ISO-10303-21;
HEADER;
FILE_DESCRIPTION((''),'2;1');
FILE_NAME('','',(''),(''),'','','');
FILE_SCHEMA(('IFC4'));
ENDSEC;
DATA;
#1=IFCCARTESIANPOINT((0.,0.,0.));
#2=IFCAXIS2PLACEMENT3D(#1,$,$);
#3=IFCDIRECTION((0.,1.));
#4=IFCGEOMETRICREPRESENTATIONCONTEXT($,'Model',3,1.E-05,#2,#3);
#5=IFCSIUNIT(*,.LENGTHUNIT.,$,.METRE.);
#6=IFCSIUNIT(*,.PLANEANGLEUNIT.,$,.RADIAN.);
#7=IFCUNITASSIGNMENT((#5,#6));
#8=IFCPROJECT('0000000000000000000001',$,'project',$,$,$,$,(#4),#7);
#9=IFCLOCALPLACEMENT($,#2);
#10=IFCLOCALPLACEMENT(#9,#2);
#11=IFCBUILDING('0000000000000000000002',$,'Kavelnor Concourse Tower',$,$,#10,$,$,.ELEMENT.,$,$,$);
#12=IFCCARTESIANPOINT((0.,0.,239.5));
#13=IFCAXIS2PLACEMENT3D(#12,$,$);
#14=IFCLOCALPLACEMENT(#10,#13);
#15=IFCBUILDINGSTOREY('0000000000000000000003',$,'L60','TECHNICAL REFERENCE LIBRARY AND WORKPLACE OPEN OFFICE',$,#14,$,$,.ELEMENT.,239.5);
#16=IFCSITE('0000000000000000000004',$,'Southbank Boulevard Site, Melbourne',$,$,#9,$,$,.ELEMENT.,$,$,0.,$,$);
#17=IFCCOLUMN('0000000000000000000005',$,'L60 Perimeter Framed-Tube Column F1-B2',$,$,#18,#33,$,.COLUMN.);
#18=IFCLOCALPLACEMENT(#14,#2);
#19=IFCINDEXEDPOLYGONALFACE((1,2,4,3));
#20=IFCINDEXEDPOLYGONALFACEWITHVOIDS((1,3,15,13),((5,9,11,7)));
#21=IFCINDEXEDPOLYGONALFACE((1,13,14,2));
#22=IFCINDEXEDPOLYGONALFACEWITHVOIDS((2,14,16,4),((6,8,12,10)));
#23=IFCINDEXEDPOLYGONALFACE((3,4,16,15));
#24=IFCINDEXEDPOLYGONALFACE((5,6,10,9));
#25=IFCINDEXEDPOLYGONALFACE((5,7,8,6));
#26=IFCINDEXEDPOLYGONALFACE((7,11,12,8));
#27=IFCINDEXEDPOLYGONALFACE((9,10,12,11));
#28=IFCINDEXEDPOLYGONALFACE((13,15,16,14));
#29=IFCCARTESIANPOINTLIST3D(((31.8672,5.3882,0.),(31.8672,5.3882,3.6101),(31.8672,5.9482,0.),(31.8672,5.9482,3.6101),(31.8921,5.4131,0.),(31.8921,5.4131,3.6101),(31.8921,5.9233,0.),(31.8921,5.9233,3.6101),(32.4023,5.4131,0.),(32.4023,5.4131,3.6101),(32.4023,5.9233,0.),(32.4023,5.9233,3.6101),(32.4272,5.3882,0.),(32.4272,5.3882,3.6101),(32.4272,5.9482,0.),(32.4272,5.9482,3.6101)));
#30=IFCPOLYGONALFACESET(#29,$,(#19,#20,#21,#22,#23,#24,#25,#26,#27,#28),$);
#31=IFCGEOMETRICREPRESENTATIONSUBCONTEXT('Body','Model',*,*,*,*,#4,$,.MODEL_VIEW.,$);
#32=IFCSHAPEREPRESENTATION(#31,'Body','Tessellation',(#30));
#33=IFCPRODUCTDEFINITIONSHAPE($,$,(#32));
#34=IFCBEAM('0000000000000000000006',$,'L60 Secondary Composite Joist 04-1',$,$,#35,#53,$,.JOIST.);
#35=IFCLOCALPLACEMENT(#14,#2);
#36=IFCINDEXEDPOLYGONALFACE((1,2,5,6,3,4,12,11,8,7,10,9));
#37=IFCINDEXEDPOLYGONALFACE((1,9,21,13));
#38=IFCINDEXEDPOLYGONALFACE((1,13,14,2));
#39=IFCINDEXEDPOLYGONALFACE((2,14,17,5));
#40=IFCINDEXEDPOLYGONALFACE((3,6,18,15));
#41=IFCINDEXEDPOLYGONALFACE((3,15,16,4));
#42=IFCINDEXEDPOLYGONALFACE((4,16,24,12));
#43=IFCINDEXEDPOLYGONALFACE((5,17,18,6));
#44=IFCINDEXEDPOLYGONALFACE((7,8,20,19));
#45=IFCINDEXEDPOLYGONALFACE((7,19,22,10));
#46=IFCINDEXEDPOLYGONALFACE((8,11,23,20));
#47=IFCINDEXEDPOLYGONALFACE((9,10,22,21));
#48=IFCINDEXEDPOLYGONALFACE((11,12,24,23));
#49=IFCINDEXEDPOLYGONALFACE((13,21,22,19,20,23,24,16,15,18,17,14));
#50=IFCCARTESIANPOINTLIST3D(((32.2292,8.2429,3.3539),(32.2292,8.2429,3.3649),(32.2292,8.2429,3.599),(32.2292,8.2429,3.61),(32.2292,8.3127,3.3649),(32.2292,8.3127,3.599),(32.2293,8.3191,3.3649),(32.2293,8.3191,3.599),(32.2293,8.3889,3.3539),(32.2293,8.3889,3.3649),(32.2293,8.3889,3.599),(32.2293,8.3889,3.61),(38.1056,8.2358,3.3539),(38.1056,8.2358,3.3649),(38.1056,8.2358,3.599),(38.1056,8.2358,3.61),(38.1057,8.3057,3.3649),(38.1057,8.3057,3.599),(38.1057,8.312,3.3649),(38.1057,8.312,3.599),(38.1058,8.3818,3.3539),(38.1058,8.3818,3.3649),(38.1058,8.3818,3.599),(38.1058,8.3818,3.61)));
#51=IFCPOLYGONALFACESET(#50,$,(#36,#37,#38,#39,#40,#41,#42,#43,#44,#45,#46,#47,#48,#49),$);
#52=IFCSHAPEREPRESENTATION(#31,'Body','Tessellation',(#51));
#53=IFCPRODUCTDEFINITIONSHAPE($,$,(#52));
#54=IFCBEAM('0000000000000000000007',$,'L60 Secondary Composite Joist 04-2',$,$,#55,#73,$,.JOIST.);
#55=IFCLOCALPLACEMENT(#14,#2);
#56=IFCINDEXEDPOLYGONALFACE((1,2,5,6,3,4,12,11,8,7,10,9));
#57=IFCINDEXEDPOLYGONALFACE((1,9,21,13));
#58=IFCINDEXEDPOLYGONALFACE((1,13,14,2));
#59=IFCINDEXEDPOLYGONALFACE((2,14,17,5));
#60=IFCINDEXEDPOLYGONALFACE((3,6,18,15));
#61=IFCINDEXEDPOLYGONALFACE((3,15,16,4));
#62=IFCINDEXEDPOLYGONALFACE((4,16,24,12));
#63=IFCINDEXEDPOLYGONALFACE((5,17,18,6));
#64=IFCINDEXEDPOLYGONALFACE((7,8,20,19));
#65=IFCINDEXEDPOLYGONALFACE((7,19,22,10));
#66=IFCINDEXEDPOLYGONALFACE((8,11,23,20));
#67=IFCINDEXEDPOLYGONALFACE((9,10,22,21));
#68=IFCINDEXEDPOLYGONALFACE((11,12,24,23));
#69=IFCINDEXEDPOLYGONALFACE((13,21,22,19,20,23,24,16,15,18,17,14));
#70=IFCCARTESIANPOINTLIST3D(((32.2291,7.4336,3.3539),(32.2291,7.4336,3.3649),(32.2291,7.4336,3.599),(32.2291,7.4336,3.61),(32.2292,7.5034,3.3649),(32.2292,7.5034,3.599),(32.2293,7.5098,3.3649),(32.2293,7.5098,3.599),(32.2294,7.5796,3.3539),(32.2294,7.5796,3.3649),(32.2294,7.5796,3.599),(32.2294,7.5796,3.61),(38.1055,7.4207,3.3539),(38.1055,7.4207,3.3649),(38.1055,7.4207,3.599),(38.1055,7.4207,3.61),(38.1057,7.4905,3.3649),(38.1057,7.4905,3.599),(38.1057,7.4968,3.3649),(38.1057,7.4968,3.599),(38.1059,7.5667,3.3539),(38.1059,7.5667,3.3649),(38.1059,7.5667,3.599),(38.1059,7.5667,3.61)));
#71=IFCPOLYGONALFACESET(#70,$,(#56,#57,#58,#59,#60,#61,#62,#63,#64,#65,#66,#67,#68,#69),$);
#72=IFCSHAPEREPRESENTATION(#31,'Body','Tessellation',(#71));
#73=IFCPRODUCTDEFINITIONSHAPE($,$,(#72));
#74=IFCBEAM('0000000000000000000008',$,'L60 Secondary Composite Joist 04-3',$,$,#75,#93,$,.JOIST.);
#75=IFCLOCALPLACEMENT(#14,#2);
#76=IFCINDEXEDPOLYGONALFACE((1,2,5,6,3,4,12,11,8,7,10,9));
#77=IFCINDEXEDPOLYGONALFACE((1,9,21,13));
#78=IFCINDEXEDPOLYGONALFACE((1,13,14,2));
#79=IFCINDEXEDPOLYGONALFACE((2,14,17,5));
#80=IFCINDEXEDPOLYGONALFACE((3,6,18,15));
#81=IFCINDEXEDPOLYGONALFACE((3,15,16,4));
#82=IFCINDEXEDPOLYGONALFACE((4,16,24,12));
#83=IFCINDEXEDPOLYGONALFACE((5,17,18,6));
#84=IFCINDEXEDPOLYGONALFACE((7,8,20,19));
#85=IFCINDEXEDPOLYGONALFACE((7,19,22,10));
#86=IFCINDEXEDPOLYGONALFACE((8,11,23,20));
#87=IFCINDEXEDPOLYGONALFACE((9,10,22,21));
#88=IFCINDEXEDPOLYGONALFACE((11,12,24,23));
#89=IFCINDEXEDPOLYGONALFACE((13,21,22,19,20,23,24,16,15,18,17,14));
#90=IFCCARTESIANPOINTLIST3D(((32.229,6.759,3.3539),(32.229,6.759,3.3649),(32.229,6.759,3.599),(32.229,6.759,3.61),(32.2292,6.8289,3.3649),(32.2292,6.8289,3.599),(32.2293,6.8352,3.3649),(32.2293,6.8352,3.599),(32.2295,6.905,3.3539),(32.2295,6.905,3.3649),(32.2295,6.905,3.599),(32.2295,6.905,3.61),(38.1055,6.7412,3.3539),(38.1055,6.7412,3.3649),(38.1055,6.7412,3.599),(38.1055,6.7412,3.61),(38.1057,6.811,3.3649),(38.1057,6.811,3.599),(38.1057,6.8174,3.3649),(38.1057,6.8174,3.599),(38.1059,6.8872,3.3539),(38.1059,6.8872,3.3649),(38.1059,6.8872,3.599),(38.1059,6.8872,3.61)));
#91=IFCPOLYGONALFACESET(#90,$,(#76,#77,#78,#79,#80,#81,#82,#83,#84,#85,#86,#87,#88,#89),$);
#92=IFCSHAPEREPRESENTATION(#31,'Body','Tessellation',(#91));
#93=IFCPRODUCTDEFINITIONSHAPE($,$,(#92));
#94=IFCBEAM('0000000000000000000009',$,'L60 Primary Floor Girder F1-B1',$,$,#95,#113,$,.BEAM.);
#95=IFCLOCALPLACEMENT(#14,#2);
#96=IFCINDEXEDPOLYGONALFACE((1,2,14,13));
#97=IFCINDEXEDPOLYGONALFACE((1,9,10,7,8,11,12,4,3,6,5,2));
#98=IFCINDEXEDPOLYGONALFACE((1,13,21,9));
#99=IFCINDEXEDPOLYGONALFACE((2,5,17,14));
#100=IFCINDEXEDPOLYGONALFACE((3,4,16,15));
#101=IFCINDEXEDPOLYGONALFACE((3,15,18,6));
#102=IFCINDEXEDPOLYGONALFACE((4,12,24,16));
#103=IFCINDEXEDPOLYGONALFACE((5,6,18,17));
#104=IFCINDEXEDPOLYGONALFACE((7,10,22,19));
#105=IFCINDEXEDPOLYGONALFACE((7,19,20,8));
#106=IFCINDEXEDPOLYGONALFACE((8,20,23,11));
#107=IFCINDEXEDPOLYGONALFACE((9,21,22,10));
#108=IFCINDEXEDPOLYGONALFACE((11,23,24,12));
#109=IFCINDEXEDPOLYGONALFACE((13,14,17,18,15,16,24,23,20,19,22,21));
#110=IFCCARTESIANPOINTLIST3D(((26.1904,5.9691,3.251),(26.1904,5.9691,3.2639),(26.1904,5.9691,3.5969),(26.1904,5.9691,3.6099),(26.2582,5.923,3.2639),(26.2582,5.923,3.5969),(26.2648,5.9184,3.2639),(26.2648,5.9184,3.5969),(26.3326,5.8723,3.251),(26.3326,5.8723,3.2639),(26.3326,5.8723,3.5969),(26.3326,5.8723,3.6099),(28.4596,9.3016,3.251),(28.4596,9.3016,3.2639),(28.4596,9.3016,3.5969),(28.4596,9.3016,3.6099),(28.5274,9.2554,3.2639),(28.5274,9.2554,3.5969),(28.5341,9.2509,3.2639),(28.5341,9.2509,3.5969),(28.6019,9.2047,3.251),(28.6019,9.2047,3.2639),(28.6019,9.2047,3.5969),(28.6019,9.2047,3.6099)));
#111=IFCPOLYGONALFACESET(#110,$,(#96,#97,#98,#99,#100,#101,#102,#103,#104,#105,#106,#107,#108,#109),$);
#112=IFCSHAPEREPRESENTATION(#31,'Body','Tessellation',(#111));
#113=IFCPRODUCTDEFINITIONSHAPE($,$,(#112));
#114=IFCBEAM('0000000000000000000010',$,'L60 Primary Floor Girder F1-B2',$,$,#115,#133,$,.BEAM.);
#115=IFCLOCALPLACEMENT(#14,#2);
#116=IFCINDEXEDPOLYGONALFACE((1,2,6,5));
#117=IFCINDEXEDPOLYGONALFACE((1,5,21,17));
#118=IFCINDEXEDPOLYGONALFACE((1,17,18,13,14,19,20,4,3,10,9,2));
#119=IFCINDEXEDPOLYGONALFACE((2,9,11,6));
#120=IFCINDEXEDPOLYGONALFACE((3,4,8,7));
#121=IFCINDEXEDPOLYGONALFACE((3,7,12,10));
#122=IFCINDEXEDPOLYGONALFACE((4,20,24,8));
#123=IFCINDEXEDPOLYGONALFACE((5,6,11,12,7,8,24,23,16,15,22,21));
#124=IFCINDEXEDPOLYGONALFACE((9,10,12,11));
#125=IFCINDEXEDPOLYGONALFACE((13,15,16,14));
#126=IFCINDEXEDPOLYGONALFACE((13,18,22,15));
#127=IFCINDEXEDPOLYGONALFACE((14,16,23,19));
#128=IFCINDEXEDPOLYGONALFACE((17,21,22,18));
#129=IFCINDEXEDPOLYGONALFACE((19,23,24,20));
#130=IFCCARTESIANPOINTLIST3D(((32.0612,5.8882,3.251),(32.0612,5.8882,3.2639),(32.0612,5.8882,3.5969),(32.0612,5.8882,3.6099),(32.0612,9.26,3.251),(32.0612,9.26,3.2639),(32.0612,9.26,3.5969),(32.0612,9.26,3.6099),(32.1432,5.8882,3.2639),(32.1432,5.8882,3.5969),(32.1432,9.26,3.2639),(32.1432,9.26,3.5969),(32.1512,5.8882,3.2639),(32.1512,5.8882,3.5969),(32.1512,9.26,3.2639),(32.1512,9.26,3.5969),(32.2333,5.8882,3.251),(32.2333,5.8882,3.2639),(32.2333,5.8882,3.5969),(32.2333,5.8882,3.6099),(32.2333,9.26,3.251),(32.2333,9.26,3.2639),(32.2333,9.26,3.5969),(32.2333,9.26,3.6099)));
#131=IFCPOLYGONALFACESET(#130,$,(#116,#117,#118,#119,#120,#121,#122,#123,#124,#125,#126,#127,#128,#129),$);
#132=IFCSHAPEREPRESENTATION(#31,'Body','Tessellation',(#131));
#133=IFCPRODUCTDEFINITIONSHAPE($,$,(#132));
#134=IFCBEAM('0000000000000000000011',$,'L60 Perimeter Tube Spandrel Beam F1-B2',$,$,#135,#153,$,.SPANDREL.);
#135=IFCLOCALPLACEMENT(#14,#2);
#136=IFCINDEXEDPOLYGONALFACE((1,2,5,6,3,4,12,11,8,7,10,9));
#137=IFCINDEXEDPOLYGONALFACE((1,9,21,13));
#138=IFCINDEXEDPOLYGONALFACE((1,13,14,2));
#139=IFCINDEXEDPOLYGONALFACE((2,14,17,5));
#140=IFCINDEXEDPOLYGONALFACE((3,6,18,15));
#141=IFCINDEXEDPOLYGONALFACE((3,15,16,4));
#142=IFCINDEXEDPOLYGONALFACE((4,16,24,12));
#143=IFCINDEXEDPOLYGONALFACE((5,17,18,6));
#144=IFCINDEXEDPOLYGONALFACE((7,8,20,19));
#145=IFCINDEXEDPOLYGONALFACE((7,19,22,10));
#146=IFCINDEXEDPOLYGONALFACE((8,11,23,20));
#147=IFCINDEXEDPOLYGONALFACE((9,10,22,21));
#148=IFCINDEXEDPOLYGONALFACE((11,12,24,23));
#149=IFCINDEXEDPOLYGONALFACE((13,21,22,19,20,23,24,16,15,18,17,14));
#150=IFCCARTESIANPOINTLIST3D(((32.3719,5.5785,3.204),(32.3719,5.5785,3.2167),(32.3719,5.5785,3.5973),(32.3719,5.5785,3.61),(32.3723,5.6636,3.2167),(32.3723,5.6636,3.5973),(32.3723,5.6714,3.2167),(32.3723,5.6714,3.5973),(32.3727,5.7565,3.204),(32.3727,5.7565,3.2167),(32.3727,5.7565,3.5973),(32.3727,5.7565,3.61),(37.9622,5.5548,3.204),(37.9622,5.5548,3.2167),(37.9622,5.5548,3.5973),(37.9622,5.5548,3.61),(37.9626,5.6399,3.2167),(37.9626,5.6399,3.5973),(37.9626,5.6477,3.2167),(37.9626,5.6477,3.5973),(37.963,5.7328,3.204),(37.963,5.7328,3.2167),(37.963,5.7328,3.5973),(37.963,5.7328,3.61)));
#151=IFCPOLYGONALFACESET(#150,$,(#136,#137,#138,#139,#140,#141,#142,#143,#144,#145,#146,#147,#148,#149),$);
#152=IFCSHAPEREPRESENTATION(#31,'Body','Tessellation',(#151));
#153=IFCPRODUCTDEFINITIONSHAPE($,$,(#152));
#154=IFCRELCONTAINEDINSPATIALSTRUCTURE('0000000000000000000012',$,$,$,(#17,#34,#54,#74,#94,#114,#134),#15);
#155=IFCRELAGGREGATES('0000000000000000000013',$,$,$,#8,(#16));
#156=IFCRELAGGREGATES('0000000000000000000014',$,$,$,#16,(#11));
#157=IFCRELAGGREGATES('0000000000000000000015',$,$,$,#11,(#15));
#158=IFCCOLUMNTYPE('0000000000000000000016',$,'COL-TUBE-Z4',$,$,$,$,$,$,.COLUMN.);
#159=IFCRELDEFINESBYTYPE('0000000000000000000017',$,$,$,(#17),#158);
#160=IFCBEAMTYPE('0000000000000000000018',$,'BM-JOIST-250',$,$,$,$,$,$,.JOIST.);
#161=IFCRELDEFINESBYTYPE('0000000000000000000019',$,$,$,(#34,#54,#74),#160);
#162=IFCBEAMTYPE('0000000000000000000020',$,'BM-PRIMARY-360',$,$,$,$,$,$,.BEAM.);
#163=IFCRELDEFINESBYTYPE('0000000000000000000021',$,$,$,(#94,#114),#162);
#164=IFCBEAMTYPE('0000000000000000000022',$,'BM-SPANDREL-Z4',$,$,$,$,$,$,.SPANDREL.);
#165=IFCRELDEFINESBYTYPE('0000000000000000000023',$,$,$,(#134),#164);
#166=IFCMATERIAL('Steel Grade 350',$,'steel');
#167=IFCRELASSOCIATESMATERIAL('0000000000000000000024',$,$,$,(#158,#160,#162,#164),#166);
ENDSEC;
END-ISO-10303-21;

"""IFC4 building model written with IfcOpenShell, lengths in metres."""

from ifc_helpers import new_model, si_unit, direction, frame, origin, origin_2d, place, context, subcontext, project, spatial, hollow_rectangle, i_section, extrude, material, material_profile, profile_set, type_object, element, save


model = new_model("IFC4")

# Units and contexts
model_context = context("Model", 3, precision=1e-05, world=origin(), true_north=direction((0.0, 1.0)))
body_context = subcontext(model_context, "Body", "Model", "MODEL_VIEW")
ifc_project = project(units=[si_unit("LENGTHUNIT", "METRE"), si_unit("PLANEANGLEUNIT", "RADIAN")], contexts=[model_context])

# Site, building, storey
site_placement = place(None, origin())
site = spatial("IfcSite", under=ifc_project, at=site_placement, Name="Southbank Boulevard Site, Melbourne", CompositionType="ELEMENT", RefElevation=0.0)
building_placement = place(site_placement, origin())
building = spatial("IfcBuilding", under=site, at=building_placement, Name="Kavelnor Concourse Tower", CompositionType="ELEMENT")
storey_placement = place(building_placement, frame((0.0, 0.0, 239.5)))
storey = spatial("IfcBuildingStorey", under=building, at=storey_placement, Name="L60", Description="TECHNICAL REFERENCE LIBRARY AND WORKPLACE OPEN OFFICE", CompositionType="ELEMENT", Elevation=239.5)

# Column
ifc_material_1 = material(Name="Steel Grade 350", Category="steel")
ifc_material_profile_1 = material_profile(ifc_material_1, hollow_rectangle(XDim=0.5601, YDim=0.5601, WallThickness=0.0249, at=origin_2d()), Name="SHS 560x560x25")
ifc_profile_set_1 = profile_set([ifc_material_profile_1], Name="Steel Grade 350")
column_type = type_object("IfcColumnType", Name="COL-TUBE-Z4", PredefinedType="COLUMN", material=ifc_profile_set_1)
column_placement = place(storey_placement, frame((32.1472, 5.6682, 0.0), z_axis=(0.0, 0.0, 1.0), x_axis=(1.0, 0.0, 0.0)))
element("IfcColumn", 1, at=column_placement, inside=storey, type_object=column_type, Name="L60 Perimeter Framed-Tube Column F1-B2", PredefinedType="COLUMN", context=body_context, shape_type="SweptSolid", body=[
    extrude(hollow_rectangle(XDim=0.5601, YDim=0.5601, WallThickness=0.0249, at=origin_2d()), origin(), (0.0, 0.0, 1.0), 3.6101),
])

# Beams
ifc_material_profile_2 = material_profile(ifc_material_1, i_section(OverallWidth=0.146, OverallDepth=0.2561, WebThickness=0.0063, FlangeThickness=0.011, at=origin_2d()), Name="250UB37")
ifc_profile_set_2 = profile_set([ifc_material_profile_2], Name="Steel Grade 350")
beam_type_1 = type_object("IfcBeamType", Name="BM-JOIST-250", PredefinedType="JOIST", material=ifc_profile_set_2)
for number, where, z_axis, x_axis, name in (
    (2, (32.2292, 8.3159, 3.4819), (0.999999, -0.001205, 0.0), (0.001205, 0.999999, 0.0), "L60 Secondary Composite Joist 04-1"),
    (3, (32.2292, 7.5066, 3.4819), (0.999998, -0.002202, 0.0), (0.002202, 0.999998, 0.0), "L60 Secondary Composite Joist 04-2"),
    (4, (32.2292, 6.832, 3.4819), (0.999995, -0.003033, 0.0), (0.003033, 0.999995, 0.0), "L60 Secondary Composite Joist 04-3"),
):
    element("IfcBeam", number, at=place(storey_placement, frame(where, z_axis=z_axis, x_axis=x_axis)), inside=storey, type_object=beam_type_1, Name=name, PredefinedType="JOIST", context=body_context, shape_type="SweptSolid", body=[
        extrude(i_section(OverallWidth=0.146, OverallDepth=0.2561, WebThickness=0.0063, FlangeThickness=0.011, at=origin_2d()), origin(), (0.0, 0.0, 1.0), 5.8765),
    ])
ifc_material_profile_3 = material_profile(ifc_material_1, i_section(OverallWidth=0.1721, OverallDepth=0.3589, WebThickness=0.0081, FlangeThickness=0.0129, at=origin_2d()), Name="360UB56")
ifc_profile_set_3 = profile_set([ifc_material_profile_3], Name="Steel Grade 350")
beam_type_2 = type_object("IfcBeamType", Name="BM-PRIMARY-360", PredefinedType="BEAM", material=ifc_profile_set_3)
beam_1_placement = place(storey_placement, frame((28.5308, 9.2532, 3.4304), z_axis=(-0.562848, -0.82656, 0.0), x_axis=(0.82656, -0.562848, 0.0)))
element("IfcBeam", 5, at=beam_1_placement, inside=storey, type_object=beam_type_2, Name="L60 Primary Floor Girder F1-B1", PredefinedType="BEAM", context=body_context, shape_type="SweptSolid", body=[
    extrude(i_section(OverallWidth=0.1721, OverallDepth=0.3589, WebThickness=0.0081, FlangeThickness=0.0129, at=origin_2d()), origin(), (0.0, 0.0, 1.0), 4.0317),
])
beam_2_placement = place(storey_placement, frame((32.1472, 9.26, 3.4304), z_axis=(0.0, -1.0, 0.0), x_axis=(1.0, 0.0, 0.0)))
element("IfcBeam", 6, at=beam_2_placement, inside=storey, type_object=beam_type_2, Name="L60 Primary Floor Girder F1-B2", PredefinedType="BEAM", context=body_context, shape_type="SweptSolid", body=[
    extrude(i_section(OverallWidth=0.1721, OverallDepth=0.3589, WebThickness=0.0081, FlangeThickness=0.0129, at=origin_2d()), origin(), (0.0, 0.0, 1.0), 3.3718),
])
ifc_material_profile_4 = material_profile(ifc_material_1, i_section(OverallWidth=0.178, OverallDepth=0.406, WebThickness=0.0078, FlangeThickness=0.0127, at=origin_2d()), Name="410UB59")
ifc_profile_set_4 = profile_set([ifc_material_profile_4], Name="Steel Grade 350")
beam_type_3 = type_object("IfcBeamType", Name="BM-SPANDREL-Z4", PredefinedType="SPANDREL", material=ifc_profile_set_4)
beam_3_placement = place(storey_placement, frame((32.3723, 5.6675, 3.407), z_axis=(0.999991, -0.004236, 0.0), x_axis=(0.004236, 0.999991, 0.0)))
element("IfcBeam", 7, at=beam_3_placement, inside=storey, type_object=beam_type_3, Name="L60 Perimeter Tube Spandrel Beam F1-B2", PredefinedType="SPANDREL", context=body_context, shape_type="SweptSolid", body=[
    extrude(i_section(OverallWidth=0.178, OverallDepth=0.406, WebThickness=0.0078, FlangeThickness=0.0127, at=origin_2d()), origin(), (0.0, 0.0, 1.0), 5.5903),
])

save(model, "model.ifc")
